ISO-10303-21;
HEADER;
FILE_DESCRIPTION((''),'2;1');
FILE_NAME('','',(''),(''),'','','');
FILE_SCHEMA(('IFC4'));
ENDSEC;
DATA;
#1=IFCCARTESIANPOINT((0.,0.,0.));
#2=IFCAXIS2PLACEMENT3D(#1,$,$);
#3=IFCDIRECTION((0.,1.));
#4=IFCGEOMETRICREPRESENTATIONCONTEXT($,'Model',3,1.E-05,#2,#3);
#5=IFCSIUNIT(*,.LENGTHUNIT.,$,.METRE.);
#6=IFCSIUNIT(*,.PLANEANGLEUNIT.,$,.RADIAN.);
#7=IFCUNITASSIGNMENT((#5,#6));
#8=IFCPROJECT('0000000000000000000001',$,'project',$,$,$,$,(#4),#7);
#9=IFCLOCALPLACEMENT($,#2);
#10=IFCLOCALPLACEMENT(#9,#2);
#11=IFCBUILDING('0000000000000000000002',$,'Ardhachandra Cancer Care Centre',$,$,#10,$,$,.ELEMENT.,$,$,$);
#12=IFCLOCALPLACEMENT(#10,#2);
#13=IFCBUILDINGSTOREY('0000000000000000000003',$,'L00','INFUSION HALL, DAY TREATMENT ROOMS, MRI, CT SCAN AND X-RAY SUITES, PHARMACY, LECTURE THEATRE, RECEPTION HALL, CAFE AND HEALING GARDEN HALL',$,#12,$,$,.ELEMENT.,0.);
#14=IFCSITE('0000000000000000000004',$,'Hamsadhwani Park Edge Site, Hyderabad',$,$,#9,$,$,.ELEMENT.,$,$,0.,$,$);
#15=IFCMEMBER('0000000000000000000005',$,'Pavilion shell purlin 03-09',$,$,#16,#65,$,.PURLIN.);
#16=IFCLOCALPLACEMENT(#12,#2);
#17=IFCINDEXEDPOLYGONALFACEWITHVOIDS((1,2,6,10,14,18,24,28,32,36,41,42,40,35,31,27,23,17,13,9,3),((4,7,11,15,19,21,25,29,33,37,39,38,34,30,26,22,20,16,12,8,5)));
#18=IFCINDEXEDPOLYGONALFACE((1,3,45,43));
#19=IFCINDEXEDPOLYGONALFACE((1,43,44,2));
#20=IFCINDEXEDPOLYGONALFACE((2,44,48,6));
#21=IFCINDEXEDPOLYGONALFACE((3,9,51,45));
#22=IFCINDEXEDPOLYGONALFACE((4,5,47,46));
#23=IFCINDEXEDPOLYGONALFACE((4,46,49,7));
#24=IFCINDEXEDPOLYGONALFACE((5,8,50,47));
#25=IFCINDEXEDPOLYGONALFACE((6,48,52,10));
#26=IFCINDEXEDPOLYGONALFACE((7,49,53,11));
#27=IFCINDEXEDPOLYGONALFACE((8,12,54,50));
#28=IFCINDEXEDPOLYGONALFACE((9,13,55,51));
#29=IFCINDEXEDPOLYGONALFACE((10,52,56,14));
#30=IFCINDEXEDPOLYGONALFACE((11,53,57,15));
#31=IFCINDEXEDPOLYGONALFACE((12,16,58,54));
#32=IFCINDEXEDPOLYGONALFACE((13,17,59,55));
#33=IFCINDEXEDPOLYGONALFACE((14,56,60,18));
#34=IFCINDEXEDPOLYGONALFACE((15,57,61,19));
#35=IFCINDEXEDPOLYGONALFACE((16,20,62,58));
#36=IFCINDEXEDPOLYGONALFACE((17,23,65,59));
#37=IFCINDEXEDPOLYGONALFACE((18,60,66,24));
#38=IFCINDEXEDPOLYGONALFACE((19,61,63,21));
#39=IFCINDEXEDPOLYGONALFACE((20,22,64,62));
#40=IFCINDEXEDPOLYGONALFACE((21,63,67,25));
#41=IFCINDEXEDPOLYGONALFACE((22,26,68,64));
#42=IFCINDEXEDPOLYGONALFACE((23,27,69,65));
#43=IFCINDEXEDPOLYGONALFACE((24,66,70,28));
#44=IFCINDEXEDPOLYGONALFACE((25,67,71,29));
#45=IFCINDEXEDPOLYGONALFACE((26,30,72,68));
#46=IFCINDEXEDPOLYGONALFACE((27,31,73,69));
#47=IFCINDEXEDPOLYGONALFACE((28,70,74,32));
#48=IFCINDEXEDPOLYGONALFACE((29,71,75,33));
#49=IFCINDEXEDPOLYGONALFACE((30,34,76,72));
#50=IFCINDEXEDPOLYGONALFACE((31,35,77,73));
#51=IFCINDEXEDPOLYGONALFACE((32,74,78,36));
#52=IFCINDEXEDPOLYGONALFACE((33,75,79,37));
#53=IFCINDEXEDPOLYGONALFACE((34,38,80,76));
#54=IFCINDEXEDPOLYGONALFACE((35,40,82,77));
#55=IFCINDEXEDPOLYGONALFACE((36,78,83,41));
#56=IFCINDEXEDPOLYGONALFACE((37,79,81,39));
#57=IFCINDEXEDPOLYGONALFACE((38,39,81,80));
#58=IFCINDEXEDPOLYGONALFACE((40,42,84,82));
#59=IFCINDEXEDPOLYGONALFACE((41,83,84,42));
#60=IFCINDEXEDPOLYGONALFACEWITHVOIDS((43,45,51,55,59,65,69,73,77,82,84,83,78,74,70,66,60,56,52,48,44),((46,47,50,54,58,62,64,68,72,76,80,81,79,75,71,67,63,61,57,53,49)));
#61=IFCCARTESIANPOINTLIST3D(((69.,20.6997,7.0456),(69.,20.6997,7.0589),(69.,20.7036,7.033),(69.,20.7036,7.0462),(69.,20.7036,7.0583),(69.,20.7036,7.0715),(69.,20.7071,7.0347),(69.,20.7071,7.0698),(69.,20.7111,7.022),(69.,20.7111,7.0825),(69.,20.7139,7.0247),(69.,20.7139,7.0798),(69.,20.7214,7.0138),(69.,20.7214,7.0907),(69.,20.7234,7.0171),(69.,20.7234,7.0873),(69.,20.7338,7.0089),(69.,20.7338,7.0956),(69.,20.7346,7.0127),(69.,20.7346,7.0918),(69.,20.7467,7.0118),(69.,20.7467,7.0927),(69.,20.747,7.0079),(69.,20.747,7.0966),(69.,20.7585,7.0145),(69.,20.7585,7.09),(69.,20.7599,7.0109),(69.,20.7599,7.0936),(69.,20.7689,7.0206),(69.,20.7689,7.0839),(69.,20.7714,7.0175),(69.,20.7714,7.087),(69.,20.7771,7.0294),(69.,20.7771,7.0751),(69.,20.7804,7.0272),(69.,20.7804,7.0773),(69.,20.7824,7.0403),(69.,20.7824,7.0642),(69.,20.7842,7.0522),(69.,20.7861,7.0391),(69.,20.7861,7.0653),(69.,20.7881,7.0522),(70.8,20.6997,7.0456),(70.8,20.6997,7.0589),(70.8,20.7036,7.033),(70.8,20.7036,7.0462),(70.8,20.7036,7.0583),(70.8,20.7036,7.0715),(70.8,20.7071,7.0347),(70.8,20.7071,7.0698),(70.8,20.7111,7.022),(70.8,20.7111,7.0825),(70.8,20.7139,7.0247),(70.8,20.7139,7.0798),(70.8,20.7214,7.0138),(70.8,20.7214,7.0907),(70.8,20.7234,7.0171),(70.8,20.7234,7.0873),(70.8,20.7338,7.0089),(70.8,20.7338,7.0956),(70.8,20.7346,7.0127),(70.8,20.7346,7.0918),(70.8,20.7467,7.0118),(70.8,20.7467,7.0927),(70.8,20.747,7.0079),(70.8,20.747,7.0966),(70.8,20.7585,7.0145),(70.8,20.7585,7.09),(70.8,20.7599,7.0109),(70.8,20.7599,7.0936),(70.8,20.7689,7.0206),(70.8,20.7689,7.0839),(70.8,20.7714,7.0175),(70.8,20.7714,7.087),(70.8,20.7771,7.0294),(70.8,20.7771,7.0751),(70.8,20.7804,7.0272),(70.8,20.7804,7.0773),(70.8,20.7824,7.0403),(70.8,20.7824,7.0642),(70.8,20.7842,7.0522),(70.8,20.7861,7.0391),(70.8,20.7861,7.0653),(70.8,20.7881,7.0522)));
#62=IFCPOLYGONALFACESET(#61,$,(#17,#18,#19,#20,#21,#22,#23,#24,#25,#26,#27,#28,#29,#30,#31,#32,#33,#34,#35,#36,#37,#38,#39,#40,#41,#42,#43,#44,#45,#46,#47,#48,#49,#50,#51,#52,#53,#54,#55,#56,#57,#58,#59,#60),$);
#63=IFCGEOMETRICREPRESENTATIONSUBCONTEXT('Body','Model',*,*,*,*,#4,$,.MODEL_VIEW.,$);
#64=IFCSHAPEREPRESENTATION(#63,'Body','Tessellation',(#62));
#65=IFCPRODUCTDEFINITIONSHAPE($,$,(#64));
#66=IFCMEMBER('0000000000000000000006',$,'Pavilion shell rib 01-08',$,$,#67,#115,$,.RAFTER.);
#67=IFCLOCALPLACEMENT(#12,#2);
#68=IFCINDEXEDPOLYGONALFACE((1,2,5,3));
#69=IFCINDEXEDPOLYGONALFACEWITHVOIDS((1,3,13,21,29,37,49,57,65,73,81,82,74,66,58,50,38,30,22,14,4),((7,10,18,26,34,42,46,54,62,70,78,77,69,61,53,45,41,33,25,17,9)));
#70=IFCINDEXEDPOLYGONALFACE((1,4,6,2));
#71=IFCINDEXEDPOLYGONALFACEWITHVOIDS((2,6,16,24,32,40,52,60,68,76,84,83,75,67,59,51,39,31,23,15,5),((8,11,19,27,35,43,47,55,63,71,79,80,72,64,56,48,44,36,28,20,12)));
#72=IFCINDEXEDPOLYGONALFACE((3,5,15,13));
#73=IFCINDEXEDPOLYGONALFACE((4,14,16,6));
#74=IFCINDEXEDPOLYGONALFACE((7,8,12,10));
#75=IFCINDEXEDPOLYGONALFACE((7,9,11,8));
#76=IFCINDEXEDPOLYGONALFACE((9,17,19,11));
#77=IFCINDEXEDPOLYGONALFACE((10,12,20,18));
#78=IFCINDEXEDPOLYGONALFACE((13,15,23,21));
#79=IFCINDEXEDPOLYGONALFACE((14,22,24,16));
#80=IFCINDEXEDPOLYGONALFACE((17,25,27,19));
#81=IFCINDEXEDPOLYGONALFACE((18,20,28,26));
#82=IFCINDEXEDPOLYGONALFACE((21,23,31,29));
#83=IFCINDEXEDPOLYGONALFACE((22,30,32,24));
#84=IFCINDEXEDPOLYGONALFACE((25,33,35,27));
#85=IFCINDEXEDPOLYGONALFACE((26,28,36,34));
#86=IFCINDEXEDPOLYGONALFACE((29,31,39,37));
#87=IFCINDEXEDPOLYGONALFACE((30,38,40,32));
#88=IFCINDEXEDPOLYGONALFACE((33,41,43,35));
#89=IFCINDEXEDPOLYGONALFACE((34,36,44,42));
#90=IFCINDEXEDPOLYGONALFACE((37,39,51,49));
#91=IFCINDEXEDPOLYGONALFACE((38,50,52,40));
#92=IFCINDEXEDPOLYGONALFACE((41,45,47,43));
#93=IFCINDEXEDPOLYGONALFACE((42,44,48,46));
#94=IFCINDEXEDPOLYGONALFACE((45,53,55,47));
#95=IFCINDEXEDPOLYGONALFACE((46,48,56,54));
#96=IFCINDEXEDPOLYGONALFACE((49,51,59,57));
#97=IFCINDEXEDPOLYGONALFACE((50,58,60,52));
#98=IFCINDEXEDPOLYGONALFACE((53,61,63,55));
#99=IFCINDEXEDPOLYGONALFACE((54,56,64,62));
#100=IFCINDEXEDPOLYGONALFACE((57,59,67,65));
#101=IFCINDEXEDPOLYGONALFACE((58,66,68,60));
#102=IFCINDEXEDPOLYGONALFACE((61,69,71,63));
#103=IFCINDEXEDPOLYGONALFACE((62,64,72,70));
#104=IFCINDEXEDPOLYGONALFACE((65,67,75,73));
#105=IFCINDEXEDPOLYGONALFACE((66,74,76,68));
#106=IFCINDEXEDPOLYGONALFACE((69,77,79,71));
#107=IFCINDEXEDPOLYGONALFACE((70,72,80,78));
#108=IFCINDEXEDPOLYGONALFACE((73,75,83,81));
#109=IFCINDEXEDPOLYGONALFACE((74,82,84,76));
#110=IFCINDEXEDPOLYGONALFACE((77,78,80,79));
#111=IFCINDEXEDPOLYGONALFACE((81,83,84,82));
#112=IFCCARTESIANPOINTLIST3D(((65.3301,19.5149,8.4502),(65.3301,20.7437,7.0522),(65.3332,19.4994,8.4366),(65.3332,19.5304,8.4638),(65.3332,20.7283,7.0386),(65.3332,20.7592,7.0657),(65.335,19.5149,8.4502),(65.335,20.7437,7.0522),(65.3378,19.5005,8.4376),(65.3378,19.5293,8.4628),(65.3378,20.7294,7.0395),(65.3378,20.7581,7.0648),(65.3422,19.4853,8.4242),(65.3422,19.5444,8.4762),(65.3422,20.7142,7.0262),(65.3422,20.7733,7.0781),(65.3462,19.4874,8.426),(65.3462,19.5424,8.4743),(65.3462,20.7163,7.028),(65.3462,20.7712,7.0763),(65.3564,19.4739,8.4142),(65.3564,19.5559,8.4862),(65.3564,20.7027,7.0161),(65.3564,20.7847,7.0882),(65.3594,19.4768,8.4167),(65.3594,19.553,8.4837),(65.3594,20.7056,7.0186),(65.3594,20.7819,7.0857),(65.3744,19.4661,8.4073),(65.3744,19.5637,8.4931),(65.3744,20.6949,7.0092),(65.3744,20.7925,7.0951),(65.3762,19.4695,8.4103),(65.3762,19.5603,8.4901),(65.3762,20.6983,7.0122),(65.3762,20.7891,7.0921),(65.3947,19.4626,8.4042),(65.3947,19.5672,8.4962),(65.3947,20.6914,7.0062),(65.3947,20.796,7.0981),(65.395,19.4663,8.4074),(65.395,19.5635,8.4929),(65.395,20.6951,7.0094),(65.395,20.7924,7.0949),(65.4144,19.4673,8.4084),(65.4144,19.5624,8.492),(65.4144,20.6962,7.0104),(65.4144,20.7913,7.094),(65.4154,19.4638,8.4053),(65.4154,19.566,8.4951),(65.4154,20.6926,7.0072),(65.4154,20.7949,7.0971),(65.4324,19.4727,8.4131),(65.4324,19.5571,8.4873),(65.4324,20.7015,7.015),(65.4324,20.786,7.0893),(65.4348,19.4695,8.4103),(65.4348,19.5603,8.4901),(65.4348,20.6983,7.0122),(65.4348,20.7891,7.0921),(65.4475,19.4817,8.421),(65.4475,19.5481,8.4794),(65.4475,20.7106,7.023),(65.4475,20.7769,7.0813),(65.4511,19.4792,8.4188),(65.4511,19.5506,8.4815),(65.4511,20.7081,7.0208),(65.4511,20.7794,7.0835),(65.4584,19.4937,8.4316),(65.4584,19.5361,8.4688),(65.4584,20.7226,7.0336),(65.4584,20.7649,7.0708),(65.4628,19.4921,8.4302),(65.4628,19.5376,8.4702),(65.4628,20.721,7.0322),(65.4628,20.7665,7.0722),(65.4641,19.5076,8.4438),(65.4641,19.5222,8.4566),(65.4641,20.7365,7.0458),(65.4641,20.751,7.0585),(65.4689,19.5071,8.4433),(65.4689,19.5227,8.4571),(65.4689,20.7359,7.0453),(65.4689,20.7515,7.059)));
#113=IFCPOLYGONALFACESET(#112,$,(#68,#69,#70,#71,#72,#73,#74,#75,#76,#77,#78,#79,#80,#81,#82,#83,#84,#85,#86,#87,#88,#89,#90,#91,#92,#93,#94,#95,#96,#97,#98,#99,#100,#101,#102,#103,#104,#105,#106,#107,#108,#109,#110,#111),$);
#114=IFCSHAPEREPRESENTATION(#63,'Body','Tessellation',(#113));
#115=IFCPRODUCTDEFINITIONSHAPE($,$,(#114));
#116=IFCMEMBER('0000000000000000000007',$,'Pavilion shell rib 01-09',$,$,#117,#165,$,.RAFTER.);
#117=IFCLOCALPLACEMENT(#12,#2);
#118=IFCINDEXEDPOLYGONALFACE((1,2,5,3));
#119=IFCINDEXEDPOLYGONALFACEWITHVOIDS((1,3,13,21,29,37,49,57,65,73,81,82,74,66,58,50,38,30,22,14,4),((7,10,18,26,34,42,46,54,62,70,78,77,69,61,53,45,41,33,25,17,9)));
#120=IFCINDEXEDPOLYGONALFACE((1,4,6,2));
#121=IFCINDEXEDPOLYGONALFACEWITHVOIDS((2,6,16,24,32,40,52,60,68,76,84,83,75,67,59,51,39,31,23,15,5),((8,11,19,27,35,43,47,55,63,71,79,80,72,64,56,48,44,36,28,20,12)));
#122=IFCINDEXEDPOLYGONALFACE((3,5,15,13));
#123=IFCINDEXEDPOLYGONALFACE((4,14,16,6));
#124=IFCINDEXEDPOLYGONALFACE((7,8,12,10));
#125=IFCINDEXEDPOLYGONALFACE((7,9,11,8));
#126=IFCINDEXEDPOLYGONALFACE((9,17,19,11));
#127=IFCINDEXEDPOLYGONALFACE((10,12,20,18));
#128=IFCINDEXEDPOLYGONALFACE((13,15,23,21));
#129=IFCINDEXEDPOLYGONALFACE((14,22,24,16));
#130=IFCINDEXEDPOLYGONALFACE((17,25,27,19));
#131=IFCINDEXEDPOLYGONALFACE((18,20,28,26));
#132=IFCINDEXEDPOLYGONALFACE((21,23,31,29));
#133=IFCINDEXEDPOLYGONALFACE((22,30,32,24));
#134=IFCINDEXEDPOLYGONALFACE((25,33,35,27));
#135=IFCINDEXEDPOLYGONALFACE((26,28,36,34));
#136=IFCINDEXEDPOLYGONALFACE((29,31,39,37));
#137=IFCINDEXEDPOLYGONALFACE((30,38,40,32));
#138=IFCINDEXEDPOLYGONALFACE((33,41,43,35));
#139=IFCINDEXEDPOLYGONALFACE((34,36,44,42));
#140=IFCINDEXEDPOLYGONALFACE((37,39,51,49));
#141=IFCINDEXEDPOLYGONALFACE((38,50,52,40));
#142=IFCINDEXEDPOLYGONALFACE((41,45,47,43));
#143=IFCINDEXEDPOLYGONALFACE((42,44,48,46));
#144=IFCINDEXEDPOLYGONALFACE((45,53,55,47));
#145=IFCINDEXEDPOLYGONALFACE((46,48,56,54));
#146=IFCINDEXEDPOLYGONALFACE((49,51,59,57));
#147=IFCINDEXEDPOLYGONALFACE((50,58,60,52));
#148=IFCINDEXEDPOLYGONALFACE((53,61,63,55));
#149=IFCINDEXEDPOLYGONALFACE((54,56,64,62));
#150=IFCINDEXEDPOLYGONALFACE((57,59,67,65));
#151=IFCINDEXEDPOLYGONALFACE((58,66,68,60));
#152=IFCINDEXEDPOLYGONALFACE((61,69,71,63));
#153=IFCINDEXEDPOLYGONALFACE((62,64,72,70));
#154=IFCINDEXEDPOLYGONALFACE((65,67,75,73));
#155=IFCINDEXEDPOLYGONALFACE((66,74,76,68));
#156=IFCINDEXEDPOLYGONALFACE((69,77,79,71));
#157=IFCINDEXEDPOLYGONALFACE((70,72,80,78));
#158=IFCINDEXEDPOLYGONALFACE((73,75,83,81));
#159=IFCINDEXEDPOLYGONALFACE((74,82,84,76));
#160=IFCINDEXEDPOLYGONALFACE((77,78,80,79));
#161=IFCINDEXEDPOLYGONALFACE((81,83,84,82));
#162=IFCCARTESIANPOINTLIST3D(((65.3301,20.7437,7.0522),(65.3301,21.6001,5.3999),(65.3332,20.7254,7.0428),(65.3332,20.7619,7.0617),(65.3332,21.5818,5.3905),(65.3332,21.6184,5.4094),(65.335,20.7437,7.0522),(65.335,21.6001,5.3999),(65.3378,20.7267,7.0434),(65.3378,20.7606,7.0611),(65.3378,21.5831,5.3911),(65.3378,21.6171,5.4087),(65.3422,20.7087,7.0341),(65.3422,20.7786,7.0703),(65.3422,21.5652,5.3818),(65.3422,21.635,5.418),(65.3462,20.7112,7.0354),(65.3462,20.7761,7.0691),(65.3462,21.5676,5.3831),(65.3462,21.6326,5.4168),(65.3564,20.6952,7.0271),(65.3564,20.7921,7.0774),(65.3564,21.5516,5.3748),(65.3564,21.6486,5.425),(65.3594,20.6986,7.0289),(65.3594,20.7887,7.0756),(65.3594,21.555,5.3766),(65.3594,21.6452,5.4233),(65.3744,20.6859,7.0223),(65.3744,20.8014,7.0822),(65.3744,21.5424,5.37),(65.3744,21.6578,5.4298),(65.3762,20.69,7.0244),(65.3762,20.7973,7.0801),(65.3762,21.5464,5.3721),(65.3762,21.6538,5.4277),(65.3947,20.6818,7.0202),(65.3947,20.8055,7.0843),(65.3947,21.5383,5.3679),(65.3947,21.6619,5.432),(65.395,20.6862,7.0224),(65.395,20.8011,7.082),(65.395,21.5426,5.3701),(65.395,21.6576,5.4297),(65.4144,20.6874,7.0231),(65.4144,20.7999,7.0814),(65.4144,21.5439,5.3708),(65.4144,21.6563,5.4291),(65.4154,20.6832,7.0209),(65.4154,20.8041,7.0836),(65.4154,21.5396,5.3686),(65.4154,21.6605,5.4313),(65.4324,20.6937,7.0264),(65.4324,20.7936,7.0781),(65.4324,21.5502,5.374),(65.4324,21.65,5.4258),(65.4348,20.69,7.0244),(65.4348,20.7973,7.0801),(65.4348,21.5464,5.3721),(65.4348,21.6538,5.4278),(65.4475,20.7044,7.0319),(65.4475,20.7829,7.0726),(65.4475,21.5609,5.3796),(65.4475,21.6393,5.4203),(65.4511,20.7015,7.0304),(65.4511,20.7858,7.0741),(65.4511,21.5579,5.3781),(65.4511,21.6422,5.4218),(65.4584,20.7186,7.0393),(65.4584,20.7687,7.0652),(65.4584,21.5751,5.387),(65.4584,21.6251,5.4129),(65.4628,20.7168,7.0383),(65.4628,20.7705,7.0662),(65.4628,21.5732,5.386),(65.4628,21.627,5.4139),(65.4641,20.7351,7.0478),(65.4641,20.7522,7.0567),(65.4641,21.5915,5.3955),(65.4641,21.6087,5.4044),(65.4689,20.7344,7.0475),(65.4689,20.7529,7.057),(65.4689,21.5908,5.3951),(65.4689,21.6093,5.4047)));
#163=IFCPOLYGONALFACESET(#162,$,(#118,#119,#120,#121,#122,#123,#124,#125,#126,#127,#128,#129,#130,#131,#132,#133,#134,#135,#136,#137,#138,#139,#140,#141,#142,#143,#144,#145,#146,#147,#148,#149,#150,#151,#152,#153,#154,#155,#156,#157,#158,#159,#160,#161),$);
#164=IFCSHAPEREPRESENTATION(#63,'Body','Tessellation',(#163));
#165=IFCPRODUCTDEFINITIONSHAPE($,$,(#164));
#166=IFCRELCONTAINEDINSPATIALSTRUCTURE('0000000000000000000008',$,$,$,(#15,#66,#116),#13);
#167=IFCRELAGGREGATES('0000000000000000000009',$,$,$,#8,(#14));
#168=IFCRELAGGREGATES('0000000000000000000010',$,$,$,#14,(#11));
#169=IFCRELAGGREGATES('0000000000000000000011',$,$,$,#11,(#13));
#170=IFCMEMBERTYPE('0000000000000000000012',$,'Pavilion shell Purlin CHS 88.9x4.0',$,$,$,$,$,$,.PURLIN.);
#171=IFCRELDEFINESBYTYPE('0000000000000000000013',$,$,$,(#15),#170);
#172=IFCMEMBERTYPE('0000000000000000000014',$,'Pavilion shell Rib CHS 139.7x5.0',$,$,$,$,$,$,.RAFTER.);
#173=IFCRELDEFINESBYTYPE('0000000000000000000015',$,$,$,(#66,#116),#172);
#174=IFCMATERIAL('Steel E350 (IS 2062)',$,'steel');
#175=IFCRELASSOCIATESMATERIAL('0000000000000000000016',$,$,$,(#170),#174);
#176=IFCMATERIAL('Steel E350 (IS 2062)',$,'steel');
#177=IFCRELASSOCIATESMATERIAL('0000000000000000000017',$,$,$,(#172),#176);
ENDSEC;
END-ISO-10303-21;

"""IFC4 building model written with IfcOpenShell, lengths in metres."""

from ifc_helpers import new_model, si_unit, direction, frame, origin, origin_2d, place, context, subcontext, project, spatial, hollow_circle, extrude, material, material_profile, profile_set, type_object, element, save


model = new_model("IFC4")

# Units and contexts
model_context = context("Model", 3, precision=1e-05, world=origin(), true_north=direction((0.0, 1.0)))
body_context = subcontext(model_context, "Body", "Model", "MODEL_VIEW")
ifc_project = project(units=[si_unit("LENGTHUNIT", "METRE"), si_unit("PLANEANGLEUNIT", "RADIAN")], contexts=[model_context])

# Site, building, storey
site_placement = place(None, origin())
site = spatial("IfcSite", under=ifc_project, at=site_placement, Name="Hamsadhwani Park Edge Site, Hyderabad", CompositionType="ELEMENT", RefElevation=0.0)
building_placement = place(site_placement, origin())
building = spatial("IfcBuilding", under=site, at=building_placement, Name="Ardhachandra Cancer Care Centre", CompositionType="ELEMENT")
storey_placement = place(building_placement, origin())
storey = spatial("IfcBuildingStorey", under=building, at=storey_placement, Name="L00", Description="INFUSION HALL, DAY TREATMENT ROOMS, MRI, CT SCAN AND X-RAY SUITES, PHARMACY, LECTURE THEATRE, RECEPTION HALL, CAFE AND HEALING GARDEN HALL", CompositionType="ELEMENT", Elevation=0.0)

# Members
ifc_material_1 = material(Name="Steel E350 (IS 2062)", Category="steel")
ifc_material_profile_1 = material_profile(ifc_material_1, hollow_circle(Radius=0.0444, WallThickness=0.0039, at=origin_2d()), Name="CHS 88.9x4.0")
ifc_profile_set_1 = profile_set([ifc_material_profile_1], Name="Steel E350 (IS 2062)")
member_type_1 = type_object("IfcMemberType", Name="Pavilion shell Purlin CHS 88.9x4.0", PredefinedType="PURLIN", material=ifc_profile_set_1)
for number, where, z_axis, x_axis, name in (
    (1, (69.0, 20.7437, 7.0522), (1.0, 0.0, 0.0), (0.0, 1.0, 0.0), "Pavilion shell purlin 03-09"),
):
    element("IfcMember", number, at=place(storey_placement, frame(where, z_axis=z_axis, x_axis=x_axis)), inside=storey, type_object=member_type_1, Name=name, PredefinedType="PURLIN", context=body_context, shape_type="SweptSolid", body=[
        extrude(hollow_circle(Radius=0.0444, WallThickness=0.0039, at=origin_2d()), origin(), (0.0, 0.0, 1.0), 1.8),
    ])
ifc_material_2 = material(Name="Steel E350 (IS 2062)", Category="steel")
ifc_material_profile_2 = material_profile(ifc_material_2, hollow_circle(Radius=0.0698, WallThickness=0.0049, at=origin_2d()), Name="CHS 139.7x5.0")
ifc_profile_set_2 = profile_set([ifc_material_profile_2], Name="Steel E350 (IS 2062)")
member_type_2 = type_object("IfcMemberType", Name="Pavilion shell Rib CHS 139.7x5.0", PredefinedType="RAFTER", material=ifc_profile_set_2)
member_1_placement = place(storey_placement, frame((65.3999, 19.5149, 8.4502), z_axis=(0.0, 0.660193, -0.751096), x_axis=(-1.0, 0.0, 0.0)))
element("IfcMember", 2, at=member_1_placement, inside=storey, type_object=member_type_2, Name="Pavilion shell rib 01-08", PredefinedType="RAFTER", context=body_context, shape_type="SweptSolid", body=[
    extrude(hollow_circle(Radius=0.0698, WallThickness=0.0049, at=origin_2d()), origin(), (0.0, 0.0, 1.0), 1.8613),
])
member_2_placement = place(storey_placement, frame((65.3999, 20.7437, 7.0522), z_axis=(0.0, 0.460179, -0.887826), x_axis=(-1.0, 0.0, 0.0)))
element("IfcMember", 3, at=member_2_placement, inside=storey, type_object=member_type_2, Name="Pavilion shell rib 01-09", PredefinedType="RAFTER", context=body_context, shape_type="SweptSolid", body=[
    extrude(hollow_circle(Radius=0.0698, WallThickness=0.0049, at=origin_2d()), origin(), (0.0, 0.0, 1.0), 1.8611),
])

save(model, "model.ifc")
